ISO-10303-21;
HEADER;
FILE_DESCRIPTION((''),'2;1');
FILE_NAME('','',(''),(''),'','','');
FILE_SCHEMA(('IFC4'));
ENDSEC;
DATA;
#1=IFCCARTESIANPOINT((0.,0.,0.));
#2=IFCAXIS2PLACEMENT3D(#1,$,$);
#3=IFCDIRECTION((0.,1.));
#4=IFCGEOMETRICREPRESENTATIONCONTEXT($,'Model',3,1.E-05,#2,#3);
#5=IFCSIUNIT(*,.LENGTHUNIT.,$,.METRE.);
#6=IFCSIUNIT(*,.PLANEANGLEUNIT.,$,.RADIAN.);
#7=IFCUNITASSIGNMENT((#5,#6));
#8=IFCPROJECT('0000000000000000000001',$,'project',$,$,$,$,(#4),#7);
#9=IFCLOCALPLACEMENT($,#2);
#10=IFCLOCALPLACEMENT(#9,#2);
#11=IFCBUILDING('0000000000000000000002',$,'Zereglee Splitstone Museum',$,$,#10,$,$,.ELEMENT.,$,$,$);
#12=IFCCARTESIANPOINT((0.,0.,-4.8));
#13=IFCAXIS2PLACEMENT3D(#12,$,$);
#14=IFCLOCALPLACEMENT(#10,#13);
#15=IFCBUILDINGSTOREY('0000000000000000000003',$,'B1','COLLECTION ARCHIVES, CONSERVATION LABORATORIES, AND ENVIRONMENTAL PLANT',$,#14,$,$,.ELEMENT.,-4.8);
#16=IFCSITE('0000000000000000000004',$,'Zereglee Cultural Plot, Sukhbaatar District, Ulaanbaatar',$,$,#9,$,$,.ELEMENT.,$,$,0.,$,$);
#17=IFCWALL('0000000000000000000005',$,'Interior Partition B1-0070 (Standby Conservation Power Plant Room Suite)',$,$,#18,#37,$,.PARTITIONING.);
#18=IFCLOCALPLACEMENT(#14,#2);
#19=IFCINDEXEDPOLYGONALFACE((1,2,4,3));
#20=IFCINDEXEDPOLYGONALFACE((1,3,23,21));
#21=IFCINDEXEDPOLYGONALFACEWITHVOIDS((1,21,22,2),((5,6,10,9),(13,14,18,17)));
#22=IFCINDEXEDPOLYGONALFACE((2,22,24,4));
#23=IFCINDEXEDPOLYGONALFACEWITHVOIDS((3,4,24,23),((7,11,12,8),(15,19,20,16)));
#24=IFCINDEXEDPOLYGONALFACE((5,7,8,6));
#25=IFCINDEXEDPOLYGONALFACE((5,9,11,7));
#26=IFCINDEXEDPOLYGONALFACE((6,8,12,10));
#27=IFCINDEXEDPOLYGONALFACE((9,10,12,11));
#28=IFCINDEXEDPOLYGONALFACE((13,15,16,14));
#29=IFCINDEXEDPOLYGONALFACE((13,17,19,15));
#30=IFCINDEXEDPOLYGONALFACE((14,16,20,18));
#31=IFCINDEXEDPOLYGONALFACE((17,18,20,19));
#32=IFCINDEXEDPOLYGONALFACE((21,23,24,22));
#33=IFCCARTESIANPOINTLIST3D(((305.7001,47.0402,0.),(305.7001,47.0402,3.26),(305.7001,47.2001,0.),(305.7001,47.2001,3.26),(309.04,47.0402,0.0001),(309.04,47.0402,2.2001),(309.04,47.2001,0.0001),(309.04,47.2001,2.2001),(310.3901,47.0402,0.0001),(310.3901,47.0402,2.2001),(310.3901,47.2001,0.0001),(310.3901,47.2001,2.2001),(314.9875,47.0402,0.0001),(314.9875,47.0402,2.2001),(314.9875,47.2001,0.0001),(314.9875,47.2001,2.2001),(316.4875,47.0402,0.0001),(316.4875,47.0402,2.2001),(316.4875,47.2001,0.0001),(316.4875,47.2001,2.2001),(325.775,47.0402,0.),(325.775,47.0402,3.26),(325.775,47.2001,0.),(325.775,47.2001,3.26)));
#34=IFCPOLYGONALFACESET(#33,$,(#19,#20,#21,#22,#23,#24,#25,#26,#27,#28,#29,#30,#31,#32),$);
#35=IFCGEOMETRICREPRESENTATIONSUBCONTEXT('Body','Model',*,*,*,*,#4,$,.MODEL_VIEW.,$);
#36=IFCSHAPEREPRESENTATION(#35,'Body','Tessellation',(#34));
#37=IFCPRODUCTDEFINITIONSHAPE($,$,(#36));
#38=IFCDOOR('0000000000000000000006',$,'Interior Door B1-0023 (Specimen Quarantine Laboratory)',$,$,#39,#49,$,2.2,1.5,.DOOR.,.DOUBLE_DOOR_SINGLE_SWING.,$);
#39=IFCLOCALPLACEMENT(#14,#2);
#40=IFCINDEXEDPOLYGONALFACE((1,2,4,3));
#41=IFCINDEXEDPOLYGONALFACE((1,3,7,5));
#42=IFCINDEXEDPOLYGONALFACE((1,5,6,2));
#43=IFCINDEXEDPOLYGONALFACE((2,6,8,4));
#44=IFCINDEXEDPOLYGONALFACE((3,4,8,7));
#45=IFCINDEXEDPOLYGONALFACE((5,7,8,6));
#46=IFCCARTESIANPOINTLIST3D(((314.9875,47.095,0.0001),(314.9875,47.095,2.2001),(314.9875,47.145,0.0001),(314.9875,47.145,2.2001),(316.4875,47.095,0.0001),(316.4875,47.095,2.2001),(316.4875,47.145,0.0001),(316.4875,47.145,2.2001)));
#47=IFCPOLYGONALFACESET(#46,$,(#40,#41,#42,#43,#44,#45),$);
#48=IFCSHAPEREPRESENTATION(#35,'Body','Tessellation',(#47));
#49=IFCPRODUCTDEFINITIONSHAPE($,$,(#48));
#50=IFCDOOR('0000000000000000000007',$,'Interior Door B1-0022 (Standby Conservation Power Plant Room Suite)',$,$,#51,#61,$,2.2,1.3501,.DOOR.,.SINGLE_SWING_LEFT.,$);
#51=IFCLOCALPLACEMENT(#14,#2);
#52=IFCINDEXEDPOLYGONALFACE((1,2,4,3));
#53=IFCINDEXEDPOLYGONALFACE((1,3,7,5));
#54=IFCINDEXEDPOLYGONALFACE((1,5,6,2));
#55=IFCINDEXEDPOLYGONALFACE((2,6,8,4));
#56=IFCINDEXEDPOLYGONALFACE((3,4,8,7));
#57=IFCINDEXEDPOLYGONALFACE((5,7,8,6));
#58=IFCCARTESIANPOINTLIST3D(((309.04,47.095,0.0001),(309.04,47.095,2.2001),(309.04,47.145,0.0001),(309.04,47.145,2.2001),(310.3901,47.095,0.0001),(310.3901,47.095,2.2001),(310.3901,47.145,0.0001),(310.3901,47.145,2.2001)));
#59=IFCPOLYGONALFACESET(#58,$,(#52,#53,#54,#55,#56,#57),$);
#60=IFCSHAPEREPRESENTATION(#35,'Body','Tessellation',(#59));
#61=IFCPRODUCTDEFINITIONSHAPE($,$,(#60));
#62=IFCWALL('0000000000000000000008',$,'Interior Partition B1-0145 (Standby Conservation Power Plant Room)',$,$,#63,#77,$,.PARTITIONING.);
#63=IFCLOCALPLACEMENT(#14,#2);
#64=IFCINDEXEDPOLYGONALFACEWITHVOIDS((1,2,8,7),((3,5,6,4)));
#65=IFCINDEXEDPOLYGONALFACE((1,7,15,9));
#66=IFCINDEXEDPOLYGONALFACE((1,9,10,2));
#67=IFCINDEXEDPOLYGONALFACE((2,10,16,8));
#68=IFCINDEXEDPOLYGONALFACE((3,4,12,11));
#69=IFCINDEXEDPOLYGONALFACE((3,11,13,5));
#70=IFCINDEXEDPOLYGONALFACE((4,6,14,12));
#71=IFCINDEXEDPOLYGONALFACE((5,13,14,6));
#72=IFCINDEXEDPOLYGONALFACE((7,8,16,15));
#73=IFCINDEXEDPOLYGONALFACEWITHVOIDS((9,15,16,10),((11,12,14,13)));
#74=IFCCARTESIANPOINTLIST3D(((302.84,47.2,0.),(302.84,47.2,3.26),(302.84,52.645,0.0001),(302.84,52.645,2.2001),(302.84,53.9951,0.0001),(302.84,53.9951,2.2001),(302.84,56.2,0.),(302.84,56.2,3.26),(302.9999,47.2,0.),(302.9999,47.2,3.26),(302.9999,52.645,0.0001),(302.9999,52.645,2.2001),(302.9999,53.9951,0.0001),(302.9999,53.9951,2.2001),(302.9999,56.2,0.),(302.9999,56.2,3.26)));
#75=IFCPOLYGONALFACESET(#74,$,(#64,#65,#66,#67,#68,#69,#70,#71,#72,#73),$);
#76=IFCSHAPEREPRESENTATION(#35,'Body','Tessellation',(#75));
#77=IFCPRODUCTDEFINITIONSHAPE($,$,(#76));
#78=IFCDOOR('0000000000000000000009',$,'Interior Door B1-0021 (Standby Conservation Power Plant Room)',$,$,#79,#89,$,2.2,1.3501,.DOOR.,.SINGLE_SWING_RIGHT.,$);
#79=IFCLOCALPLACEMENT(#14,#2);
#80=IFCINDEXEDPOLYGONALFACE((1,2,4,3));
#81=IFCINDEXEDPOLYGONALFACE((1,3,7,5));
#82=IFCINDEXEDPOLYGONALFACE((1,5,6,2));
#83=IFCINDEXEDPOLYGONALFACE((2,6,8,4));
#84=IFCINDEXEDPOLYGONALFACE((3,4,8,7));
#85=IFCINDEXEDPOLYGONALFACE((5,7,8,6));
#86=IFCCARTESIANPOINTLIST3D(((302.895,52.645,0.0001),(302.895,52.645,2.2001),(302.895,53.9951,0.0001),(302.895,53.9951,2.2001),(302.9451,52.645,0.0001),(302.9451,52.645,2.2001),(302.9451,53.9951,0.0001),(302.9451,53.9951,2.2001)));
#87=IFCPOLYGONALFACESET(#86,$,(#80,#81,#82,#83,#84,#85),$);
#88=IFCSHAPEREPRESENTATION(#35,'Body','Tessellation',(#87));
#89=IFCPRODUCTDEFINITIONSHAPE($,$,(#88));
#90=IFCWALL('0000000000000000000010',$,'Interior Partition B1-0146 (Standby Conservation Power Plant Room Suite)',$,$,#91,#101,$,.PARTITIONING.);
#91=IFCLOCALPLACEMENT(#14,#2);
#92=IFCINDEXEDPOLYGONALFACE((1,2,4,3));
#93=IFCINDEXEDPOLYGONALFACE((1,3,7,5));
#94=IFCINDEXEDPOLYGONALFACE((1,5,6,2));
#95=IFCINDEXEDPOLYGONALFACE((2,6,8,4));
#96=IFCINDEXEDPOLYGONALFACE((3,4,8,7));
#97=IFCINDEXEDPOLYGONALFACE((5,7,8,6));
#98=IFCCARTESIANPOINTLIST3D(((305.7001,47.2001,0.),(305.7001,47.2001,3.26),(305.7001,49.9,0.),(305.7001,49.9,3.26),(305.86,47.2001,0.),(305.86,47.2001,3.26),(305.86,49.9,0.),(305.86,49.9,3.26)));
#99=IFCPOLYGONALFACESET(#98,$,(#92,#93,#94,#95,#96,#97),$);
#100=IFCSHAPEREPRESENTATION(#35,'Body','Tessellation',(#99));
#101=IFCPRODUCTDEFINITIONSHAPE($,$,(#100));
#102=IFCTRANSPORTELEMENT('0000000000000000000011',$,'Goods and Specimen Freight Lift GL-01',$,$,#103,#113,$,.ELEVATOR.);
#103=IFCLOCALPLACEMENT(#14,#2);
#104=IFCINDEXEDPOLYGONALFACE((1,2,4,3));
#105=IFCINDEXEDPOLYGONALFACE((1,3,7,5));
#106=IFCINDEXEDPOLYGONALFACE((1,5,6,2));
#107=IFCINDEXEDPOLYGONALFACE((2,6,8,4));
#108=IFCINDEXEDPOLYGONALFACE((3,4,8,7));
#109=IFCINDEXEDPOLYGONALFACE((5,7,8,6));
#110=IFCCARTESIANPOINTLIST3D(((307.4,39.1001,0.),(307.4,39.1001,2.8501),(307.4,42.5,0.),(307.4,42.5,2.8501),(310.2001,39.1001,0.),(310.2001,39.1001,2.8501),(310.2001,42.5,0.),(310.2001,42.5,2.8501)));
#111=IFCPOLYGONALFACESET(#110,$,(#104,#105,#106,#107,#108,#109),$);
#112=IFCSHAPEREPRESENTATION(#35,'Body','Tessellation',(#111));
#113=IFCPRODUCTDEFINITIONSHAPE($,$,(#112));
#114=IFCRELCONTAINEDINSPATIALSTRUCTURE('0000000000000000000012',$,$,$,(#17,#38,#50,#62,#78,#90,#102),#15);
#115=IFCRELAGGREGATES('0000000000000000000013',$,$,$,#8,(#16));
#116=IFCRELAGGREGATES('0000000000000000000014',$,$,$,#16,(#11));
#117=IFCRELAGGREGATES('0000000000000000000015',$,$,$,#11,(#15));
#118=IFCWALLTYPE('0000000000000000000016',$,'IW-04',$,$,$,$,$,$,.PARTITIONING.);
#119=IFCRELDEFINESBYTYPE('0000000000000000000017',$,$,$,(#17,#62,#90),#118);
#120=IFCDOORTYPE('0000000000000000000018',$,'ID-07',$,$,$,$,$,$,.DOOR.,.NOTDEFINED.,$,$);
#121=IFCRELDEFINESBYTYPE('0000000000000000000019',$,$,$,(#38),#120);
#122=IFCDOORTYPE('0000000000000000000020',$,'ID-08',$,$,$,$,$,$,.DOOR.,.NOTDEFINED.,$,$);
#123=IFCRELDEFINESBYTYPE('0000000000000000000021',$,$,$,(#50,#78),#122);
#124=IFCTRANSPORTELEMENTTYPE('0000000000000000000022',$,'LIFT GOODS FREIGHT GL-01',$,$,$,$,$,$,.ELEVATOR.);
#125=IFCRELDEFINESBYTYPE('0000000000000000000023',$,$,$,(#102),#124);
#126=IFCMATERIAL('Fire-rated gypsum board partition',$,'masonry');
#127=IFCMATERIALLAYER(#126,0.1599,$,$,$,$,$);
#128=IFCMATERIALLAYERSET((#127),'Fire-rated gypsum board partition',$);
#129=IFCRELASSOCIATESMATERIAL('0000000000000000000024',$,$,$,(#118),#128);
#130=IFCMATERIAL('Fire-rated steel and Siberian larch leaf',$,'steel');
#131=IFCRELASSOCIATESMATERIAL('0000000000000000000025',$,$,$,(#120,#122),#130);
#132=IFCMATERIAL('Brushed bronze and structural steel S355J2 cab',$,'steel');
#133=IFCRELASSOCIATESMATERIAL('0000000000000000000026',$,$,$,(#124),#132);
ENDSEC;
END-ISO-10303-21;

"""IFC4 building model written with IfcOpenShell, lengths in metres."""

from ifc_helpers import new_model, si_unit, direction, frame, frame_2d, origin, origin_2d, place, context, subcontext, project, spatial, rectangle, extrude, material, layer, layer_set, type_object, element, fill, save


model = new_model("IFC4")

# Units and contexts
model_context = context("Model", 3, precision=1e-05, world=origin(), true_north=direction((0.0, 1.0)))
body_context = subcontext(model_context, "Body", "Model", "MODEL_VIEW")
ifc_project = project(units=[si_unit("LENGTHUNIT", "METRE"), si_unit("PLANEANGLEUNIT", "RADIAN")], contexts=[model_context])

# Site, building, storey
site_placement = place(None, origin())
site = spatial("IfcSite", under=ifc_project, at=site_placement, Name="Zereglee Cultural Plot, Sukhbaatar District, Ulaanbaatar", CompositionType="ELEMENT", RefElevation=0.0)
building_placement = place(site_placement, origin())
building = spatial("IfcBuilding", under=site, at=building_placement, Name="Zereglee Splitstone Museum", CompositionType="ELEMENT")
storey_placement = place(building_placement, frame((0.0, 0.0, -4.8)))
storey = spatial("IfcBuildingStorey", under=building, at=storey_placement, Name="B1", Description="COLLECTION ARCHIVES, CONSERVATION LABORATORIES, AND ENVIRONMENTAL PLANT", CompositionType="ELEMENT", Elevation=-4.8)

# Shared definitions
ifc_material_1 = material(Name="Fire-rated steel and Siberian larch leaf", Category="steel")

# Shared definitions
ifc_material_2 = material(Name="Fire-rated gypsum board partition", Category="masonry")
ifc_layer_1 = layer(ifc_material_2, 0.1599)
ifc_layer_set_1 = layer_set([ifc_layer_1], Name="Fire-rated gypsum board partition")
wall_type_1 = type_object("IfcWallType", Name="IW-04", PredefinedType="PARTITIONING", material=ifc_layer_set_1)

# Wall, openings, doors
wall_1_placement = place(storey_placement, frame((305.7, 47.1201, 0.0), z_axis=(0.0, 0.0, 1.0), x_axis=(1.0, 0.0, 0.0)))
wall_1 = element("IfcWall", 1, at=wall_1_placement, inside=storey, type_object=wall_type_1, Name="Interior Partition B1-0070 (Standby Conservation Power Plant Room Suite)", PredefinedType="PARTITIONING", context=body_context, shape_type="SweptSolid", body=[
    extrude(rectangle(XDim=20.075, YDim=0.1599, at=frame_2d((10.0376, 0.0))), origin(), (0.0, 0.0, 1.0), 3.26),
])
opening_1_placement = place(wall_1_placement, frame((3.3401, 0.0, 0.0)))
opening_1 = element("IfcOpeningElement", 2, at=opening_1_placement, cuts=wall_1, PredefinedType="OPENING", context=body_context, shape_type="SweptSolid", body=[
    extrude(rectangle(XDim=1.3501, YDim=2.2, at=frame_2d((0.675, 1.1001))), frame((0.0, 0.0947, 0.0), z_axis=(0.0, -1.0, 0.0), x_axis=(1.0, 0.0, 0.0)), (0.0, 0.0, 1.0), 0.1897),
])
opening_2_placement = place(wall_1_placement, frame((9.2876, 0.0, 0.0)))
opening_2 = element("IfcOpeningElement", 3, at=opening_2_placement, cuts=wall_1, PredefinedType="OPENING", context=body_context, shape_type="SweptSolid", body=[
    extrude(rectangle(XDim=1.5, YDim=2.2, at=frame_2d((0.75, 1.1001))), frame((0.0, 0.0947, 0.0), z_axis=(0.0, -1.0, 0.0), x_axis=(1.0, 0.0, 0.0)), (0.0, 0.0, 1.0), 0.1897),
])
door_type_1 = type_object("IfcDoorType", Name="ID-07", OperationType="NOTDEFINED", PredefinedType="DOOR", material=ifc_material_1)
door_1_placement = place(opening_2_placement, origin())
door_1 = element("IfcDoor", 4, at=door_1_placement, inside=storey, type_object=door_type_1, Name="Interior Door B1-0023 (Specimen Quarantine Laboratory)", OperationType="DOUBLE_DOOR_SINGLE_SWING", OverallHeight=2.2, OverallWidth=1.5, PredefinedType="DOOR", context=body_context, shape_type="SweptSolid", body=[
    extrude(rectangle(XDim=1.5, YDim=2.2, at=frame_2d((0.75, 1.1001))), frame((0.0, 0.0249, 0.0), z_axis=(0.0, -1.0, 0.0), x_axis=(1.0, 0.0, 0.0)), (0.0, 0.0, 1.0), 0.05),
])
fill(opening_2, door_1)
door_type_2 = type_object("IfcDoorType", Name="ID-08", OperationType="NOTDEFINED", PredefinedType="DOOR", material=ifc_material_1)
door_2_placement = place(opening_1_placement, origin())
door_2 = element("IfcDoor", 5, at=door_2_placement, inside=storey, type_object=door_type_2, Name="Interior Door B1-0022 (Standby Conservation Power Plant Room Suite)", OperationType="SINGLE_SWING_LEFT", OverallHeight=2.2, OverallWidth=1.3501, PredefinedType="DOOR", context=body_context, shape_type="SweptSolid", body=[
    extrude(rectangle(XDim=1.3501, YDim=2.2, at=frame_2d((0.675, 1.1001))), frame((0.0, 0.0249, 0.0), z_axis=(0.0, -1.0, 0.0), x_axis=(1.0, 0.0, 0.0)), (0.0, 0.0, 1.0), 0.05),
])
fill(opening_1, door_2)

# Wall, opening, door
wall_2_placement = place(storey_placement, frame((302.9199, 47.2, 0.0), z_axis=(0.0, 0.0, 1.0), x_axis=(0.0, 1.0, 0.0)))
wall_2 = element("IfcWall", 6, at=wall_2_placement, inside=storey, type_object=wall_type_1, Name="Interior Partition B1-0145 (Standby Conservation Power Plant Room)", PredefinedType="PARTITIONING", context=body_context, shape_type="SweptSolid", body=[
    extrude(rectangle(XDim=9.0, YDim=0.1599, at=frame_2d((4.5, 0.0))), origin(), (0.0, 0.0, 1.0), 3.26),
])
opening_3_placement = place(wall_2_placement, frame((5.4451, 0.0, 0.0)))
opening_3 = element("IfcOpeningElement", 7, at=opening_3_placement, cuts=wall_2, PredefinedType="OPENING", context=body_context, shape_type="SweptSolid", body=[
    extrude(rectangle(XDim=1.3501, YDim=2.2, at=frame_2d((0.675, 1.1001))), frame((0.0, 0.0947, 0.0), z_axis=(0.0, -1.0, 0.0), x_axis=(1.0, 0.0, 0.0)), (0.0, 0.0, 1.0), 0.1897),
])
door_3_placement = place(opening_3_placement, origin())
door_3 = element("IfcDoor", 8, at=door_3_placement, inside=storey, type_object=door_type_2, Name="Interior Door B1-0021 (Standby Conservation Power Plant Room)", OperationType="SINGLE_SWING_RIGHT", OverallHeight=2.2, OverallWidth=1.3501, PredefinedType="DOOR", context=body_context, shape_type="SweptSolid", body=[
    extrude(rectangle(XDim=1.3501, YDim=2.2, at=frame_2d((0.675, 1.1001))), frame((0.0, 0.0249, 0.0), z_axis=(0.0, -1.0, 0.0), x_axis=(1.0, 0.0, 0.0)), (0.0, 0.0, 1.0), 0.05),
])
fill(opening_3, door_3)

# Wall
wall_3_placement = place(storey_placement, frame((305.78, 47.2, 0.0), z_axis=(0.0, 0.0, 1.0), x_axis=(0.0, 1.0, 0.0)))
element("IfcWall", 9, at=wall_3_placement, inside=storey, type_object=wall_type_1, Name="Interior Partition B1-0146 (Standby Conservation Power Plant Room Suite)", PredefinedType="PARTITIONING", context=body_context, shape_type="SweptSolid", body=[
    extrude(rectangle(XDim=2.7, YDim=0.1599, at=frame_2d((1.3501, 0.0))), origin(), (0.0, 0.0, 1.0), 3.26),
])

# Transport element
ifc_material_3 = material(Name="Brushed bronze and structural steel S355J2 cab", Category="steel")
transport_element_type = type_object("IfcTransportElementType", Name="LIFT GOODS FREIGHT GL-01", PredefinedType="ELEVATOR", material=ifc_material_3)
transport_element_placement = place(storey_placement, frame((308.8, 40.8, 0.0), z_axis=(0.0, 0.0, 1.0), x_axis=(1.0, 0.0, 0.0)))
element("IfcTransportElement", 10, at=transport_element_placement, inside=storey, type_object=transport_element_type, Name="Goods and Specimen Freight Lift GL-01", PredefinedType="ELEVATOR", context=body_context, shape_type="SweptSolid", body=[
    extrude(rectangle(XDim=2.8, YDim=3.3999, at=origin_2d()), origin(), (0.0, 0.0, 1.0), 2.8501),
])

save(model, "model.ifc")
